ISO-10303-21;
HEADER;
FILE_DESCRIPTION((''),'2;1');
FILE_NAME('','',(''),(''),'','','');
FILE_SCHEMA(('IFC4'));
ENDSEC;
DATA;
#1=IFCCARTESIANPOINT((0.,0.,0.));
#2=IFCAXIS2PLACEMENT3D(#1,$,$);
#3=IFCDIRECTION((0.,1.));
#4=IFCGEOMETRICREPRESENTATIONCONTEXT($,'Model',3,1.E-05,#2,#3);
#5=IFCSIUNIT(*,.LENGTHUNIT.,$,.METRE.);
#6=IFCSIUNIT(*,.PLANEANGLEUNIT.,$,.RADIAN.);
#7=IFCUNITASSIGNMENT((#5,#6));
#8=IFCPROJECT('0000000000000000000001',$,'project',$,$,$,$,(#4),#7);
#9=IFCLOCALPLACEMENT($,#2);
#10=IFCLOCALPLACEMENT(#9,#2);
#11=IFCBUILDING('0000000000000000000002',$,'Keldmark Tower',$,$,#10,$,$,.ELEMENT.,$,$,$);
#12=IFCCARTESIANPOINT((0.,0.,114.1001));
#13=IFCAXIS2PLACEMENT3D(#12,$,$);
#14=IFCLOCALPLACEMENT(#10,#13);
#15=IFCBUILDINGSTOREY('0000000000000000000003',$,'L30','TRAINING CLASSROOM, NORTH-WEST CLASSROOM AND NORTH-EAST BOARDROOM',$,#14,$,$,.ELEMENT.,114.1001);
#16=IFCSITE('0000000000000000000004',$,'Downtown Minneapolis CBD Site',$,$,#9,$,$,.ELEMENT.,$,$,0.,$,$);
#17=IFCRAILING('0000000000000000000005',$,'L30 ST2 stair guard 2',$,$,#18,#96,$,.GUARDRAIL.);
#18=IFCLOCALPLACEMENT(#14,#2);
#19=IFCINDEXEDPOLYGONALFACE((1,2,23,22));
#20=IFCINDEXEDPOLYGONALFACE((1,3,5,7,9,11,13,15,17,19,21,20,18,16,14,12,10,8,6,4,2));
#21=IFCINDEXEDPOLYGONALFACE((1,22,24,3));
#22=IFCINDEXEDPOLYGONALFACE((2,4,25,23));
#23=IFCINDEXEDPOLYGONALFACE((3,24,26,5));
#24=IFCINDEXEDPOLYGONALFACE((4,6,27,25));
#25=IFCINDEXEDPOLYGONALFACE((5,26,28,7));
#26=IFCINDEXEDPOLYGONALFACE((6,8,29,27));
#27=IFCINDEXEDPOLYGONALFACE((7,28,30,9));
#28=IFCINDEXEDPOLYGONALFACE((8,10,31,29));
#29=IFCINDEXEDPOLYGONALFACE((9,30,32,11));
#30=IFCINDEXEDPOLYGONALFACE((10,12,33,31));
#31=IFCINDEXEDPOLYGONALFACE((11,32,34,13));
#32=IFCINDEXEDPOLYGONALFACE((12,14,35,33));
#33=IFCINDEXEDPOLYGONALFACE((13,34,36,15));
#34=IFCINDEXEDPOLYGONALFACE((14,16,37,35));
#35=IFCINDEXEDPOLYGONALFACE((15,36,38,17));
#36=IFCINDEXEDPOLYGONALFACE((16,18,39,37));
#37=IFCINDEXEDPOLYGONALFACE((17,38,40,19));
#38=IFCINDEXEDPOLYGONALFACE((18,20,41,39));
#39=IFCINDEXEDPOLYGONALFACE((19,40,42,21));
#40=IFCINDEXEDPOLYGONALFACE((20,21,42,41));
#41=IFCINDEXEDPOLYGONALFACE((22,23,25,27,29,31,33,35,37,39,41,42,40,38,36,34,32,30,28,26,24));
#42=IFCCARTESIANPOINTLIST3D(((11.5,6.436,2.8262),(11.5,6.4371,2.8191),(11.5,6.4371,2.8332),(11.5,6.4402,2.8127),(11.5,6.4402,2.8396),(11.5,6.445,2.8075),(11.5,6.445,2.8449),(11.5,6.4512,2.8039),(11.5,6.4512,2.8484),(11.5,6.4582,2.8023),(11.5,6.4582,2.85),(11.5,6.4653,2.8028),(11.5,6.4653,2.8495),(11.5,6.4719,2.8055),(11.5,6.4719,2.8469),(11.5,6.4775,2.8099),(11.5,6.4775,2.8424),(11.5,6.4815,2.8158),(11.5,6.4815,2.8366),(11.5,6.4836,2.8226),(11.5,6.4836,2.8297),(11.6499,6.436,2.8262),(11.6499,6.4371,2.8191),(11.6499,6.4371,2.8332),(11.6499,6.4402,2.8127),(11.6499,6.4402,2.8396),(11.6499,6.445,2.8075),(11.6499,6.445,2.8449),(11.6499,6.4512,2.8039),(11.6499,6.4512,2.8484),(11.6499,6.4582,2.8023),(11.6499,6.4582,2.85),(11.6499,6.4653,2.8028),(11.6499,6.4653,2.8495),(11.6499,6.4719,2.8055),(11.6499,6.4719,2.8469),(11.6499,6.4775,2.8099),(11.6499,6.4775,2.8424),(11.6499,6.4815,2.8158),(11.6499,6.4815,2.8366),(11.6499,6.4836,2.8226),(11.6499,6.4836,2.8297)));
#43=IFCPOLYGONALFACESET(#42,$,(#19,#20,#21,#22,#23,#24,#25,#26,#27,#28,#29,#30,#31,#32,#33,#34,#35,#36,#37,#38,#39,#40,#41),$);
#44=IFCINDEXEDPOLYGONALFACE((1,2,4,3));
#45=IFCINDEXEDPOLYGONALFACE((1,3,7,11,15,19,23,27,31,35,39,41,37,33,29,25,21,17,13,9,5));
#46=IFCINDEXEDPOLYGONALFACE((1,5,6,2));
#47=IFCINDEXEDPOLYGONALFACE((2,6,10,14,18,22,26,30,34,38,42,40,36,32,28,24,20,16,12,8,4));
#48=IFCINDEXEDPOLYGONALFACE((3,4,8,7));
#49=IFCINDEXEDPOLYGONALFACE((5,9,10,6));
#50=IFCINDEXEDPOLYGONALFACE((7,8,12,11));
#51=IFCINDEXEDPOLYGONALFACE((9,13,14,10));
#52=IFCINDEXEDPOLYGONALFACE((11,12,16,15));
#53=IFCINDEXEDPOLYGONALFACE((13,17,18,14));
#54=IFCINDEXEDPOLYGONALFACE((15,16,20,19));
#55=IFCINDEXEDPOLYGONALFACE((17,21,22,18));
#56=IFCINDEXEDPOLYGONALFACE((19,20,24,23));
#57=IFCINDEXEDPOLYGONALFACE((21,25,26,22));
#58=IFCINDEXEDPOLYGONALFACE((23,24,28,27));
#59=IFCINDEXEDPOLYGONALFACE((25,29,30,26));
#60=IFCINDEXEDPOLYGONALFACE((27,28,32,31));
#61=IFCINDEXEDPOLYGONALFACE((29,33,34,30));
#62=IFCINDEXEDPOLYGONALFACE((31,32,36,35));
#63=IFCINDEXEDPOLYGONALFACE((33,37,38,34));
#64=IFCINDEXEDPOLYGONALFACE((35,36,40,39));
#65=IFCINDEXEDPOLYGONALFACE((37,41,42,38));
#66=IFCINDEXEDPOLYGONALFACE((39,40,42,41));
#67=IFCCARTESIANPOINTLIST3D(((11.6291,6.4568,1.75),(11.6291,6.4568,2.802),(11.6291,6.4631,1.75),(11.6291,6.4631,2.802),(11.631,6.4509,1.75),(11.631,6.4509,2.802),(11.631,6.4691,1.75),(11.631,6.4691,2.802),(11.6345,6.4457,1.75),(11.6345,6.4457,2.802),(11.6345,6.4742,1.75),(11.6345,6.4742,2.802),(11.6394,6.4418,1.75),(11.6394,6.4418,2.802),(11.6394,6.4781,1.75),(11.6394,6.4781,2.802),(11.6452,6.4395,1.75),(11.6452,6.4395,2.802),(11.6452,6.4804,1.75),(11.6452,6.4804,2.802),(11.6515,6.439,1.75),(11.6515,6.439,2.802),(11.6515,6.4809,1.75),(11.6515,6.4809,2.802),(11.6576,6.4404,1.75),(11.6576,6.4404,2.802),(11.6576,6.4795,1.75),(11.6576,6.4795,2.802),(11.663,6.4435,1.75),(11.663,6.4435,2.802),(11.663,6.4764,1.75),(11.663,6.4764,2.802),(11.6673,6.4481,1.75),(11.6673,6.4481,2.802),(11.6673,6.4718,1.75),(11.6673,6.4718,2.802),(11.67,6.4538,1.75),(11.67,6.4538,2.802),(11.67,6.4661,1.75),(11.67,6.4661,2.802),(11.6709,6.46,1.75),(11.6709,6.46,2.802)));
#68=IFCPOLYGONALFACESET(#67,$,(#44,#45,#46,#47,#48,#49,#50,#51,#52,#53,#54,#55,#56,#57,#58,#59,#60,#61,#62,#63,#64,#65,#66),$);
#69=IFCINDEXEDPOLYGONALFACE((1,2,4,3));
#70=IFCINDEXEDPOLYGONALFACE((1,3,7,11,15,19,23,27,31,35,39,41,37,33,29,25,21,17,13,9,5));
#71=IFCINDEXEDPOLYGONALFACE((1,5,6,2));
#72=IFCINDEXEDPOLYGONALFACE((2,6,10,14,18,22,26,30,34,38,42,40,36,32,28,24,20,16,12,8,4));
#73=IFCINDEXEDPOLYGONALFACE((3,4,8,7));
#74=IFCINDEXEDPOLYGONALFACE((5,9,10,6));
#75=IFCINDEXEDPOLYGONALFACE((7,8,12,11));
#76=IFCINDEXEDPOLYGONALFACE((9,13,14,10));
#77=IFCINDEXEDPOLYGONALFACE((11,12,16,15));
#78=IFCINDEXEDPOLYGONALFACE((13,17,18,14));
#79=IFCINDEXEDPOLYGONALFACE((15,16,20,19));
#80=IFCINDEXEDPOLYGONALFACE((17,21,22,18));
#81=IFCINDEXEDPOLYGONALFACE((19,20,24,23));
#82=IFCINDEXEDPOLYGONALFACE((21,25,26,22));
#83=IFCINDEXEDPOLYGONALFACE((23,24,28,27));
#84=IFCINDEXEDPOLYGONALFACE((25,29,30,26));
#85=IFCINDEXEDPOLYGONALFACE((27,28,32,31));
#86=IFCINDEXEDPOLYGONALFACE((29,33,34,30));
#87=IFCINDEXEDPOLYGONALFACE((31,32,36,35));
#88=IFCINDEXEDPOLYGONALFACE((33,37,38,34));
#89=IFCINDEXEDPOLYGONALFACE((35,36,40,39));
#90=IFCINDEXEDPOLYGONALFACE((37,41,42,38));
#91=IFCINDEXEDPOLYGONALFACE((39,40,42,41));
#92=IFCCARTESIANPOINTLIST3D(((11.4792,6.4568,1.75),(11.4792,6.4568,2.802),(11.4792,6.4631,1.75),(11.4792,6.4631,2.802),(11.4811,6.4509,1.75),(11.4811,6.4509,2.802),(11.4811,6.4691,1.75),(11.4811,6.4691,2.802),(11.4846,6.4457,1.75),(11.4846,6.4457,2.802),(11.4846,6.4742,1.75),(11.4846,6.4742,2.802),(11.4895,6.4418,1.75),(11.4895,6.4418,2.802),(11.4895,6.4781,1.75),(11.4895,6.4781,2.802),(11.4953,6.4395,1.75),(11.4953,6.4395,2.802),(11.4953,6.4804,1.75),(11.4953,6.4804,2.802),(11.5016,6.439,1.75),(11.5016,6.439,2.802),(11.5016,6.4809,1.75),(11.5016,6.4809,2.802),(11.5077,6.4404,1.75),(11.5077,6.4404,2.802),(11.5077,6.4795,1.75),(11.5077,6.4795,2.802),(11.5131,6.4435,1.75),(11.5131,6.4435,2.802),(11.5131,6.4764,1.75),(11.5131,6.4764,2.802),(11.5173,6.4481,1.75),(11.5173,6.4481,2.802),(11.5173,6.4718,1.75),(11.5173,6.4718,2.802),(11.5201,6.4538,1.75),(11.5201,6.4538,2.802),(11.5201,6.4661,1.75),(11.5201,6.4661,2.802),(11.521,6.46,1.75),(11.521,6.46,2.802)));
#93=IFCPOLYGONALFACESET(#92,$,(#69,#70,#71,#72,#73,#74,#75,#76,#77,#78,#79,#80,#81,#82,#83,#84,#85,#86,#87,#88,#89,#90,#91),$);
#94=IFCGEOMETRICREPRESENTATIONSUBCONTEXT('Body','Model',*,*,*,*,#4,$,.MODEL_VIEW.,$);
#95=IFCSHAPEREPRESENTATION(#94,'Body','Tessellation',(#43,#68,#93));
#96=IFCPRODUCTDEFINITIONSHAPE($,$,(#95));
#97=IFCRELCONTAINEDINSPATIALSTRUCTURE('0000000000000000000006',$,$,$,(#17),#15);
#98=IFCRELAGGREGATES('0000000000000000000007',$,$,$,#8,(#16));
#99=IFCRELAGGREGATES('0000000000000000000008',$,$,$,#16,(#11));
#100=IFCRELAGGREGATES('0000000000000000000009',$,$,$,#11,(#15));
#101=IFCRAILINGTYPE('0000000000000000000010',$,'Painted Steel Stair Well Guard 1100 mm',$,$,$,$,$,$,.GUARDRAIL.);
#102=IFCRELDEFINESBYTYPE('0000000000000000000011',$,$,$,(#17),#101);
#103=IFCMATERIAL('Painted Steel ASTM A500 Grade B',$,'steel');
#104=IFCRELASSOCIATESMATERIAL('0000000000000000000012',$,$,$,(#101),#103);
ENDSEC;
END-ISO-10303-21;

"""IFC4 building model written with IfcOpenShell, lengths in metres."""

from ifc_helpers import new_model, si_unit, direction, frame, origin, origin_2d, place, context, subcontext, project, spatial, circle, extrude, material, type_object, element, save


model = new_model("IFC4")

# Units and contexts
model_context = context("Model", 3, precision=1e-05, world=origin(), true_north=direction((0.0, 1.0)))
body_context = subcontext(model_context, "Body", "Model", "MODEL_VIEW")
ifc_project = project(units=[si_unit("LENGTHUNIT", "METRE"), si_unit("PLANEANGLEUNIT", "RADIAN")], contexts=[model_context])

# Site, building, storey
site_placement = place(None, origin())
site = spatial("IfcSite", under=ifc_project, at=site_placement, Name="Downtown Minneapolis CBD Site", CompositionType="ELEMENT", RefElevation=0.0)
building_placement = place(site_placement, origin())
building = spatial("IfcBuilding", under=site, at=building_placement, Name="Keldmark Tower", CompositionType="ELEMENT")
storey_placement = place(building_placement, frame((0.0, 0.0, 114.1001)))
storey = spatial("IfcBuildingStorey", under=building, at=storey_placement, Name="L30", Description="TRAINING CLASSROOM, NORTH-WEST CLASSROOM AND NORTH-EAST BOARDROOM", CompositionType="ELEMENT", Elevation=114.1001)

# Railing
ifc_material_1 = material(Name="Painted Steel ASTM A500 Grade B", Category="steel")
railing_type_1 = type_object("IfcRailingType", Name="Painted Steel Stair Well Guard 1100 mm", PredefinedType="GUARDRAIL", material=ifc_material_1)
railing_1_placement = place(storey_placement, frame((11.6499, 6.46, 1.75)))
element("IfcRailing", 1, at=railing_1_placement, inside=storey, type_object=railing_type_1, Name="L30 ST2 stair guard 2", PredefinedType="GUARDRAIL", context=body_context, shape_type="SweptSolid", body=[
    extrude(circle(Radius=0.0239, at=origin_2d()), frame((0.0, 0.0, 1.0762), z_axis=(-1.0, 0.0, 0.0), x_axis=(0.0, -1.0, 0.0)), (0.0, 0.0, 1.0), 0.1499),
    extrude(circle(Radius=0.021, at=origin_2d()), origin(), (0.0, 0.0, 1.0), 1.052),
    extrude(circle(Radius=0.021, at=origin_2d()), frame((-0.1499, 0.0, 0.0)), (0.0, 0.0, 1.0), 1.052),
])

save(model, "model.ifc")
